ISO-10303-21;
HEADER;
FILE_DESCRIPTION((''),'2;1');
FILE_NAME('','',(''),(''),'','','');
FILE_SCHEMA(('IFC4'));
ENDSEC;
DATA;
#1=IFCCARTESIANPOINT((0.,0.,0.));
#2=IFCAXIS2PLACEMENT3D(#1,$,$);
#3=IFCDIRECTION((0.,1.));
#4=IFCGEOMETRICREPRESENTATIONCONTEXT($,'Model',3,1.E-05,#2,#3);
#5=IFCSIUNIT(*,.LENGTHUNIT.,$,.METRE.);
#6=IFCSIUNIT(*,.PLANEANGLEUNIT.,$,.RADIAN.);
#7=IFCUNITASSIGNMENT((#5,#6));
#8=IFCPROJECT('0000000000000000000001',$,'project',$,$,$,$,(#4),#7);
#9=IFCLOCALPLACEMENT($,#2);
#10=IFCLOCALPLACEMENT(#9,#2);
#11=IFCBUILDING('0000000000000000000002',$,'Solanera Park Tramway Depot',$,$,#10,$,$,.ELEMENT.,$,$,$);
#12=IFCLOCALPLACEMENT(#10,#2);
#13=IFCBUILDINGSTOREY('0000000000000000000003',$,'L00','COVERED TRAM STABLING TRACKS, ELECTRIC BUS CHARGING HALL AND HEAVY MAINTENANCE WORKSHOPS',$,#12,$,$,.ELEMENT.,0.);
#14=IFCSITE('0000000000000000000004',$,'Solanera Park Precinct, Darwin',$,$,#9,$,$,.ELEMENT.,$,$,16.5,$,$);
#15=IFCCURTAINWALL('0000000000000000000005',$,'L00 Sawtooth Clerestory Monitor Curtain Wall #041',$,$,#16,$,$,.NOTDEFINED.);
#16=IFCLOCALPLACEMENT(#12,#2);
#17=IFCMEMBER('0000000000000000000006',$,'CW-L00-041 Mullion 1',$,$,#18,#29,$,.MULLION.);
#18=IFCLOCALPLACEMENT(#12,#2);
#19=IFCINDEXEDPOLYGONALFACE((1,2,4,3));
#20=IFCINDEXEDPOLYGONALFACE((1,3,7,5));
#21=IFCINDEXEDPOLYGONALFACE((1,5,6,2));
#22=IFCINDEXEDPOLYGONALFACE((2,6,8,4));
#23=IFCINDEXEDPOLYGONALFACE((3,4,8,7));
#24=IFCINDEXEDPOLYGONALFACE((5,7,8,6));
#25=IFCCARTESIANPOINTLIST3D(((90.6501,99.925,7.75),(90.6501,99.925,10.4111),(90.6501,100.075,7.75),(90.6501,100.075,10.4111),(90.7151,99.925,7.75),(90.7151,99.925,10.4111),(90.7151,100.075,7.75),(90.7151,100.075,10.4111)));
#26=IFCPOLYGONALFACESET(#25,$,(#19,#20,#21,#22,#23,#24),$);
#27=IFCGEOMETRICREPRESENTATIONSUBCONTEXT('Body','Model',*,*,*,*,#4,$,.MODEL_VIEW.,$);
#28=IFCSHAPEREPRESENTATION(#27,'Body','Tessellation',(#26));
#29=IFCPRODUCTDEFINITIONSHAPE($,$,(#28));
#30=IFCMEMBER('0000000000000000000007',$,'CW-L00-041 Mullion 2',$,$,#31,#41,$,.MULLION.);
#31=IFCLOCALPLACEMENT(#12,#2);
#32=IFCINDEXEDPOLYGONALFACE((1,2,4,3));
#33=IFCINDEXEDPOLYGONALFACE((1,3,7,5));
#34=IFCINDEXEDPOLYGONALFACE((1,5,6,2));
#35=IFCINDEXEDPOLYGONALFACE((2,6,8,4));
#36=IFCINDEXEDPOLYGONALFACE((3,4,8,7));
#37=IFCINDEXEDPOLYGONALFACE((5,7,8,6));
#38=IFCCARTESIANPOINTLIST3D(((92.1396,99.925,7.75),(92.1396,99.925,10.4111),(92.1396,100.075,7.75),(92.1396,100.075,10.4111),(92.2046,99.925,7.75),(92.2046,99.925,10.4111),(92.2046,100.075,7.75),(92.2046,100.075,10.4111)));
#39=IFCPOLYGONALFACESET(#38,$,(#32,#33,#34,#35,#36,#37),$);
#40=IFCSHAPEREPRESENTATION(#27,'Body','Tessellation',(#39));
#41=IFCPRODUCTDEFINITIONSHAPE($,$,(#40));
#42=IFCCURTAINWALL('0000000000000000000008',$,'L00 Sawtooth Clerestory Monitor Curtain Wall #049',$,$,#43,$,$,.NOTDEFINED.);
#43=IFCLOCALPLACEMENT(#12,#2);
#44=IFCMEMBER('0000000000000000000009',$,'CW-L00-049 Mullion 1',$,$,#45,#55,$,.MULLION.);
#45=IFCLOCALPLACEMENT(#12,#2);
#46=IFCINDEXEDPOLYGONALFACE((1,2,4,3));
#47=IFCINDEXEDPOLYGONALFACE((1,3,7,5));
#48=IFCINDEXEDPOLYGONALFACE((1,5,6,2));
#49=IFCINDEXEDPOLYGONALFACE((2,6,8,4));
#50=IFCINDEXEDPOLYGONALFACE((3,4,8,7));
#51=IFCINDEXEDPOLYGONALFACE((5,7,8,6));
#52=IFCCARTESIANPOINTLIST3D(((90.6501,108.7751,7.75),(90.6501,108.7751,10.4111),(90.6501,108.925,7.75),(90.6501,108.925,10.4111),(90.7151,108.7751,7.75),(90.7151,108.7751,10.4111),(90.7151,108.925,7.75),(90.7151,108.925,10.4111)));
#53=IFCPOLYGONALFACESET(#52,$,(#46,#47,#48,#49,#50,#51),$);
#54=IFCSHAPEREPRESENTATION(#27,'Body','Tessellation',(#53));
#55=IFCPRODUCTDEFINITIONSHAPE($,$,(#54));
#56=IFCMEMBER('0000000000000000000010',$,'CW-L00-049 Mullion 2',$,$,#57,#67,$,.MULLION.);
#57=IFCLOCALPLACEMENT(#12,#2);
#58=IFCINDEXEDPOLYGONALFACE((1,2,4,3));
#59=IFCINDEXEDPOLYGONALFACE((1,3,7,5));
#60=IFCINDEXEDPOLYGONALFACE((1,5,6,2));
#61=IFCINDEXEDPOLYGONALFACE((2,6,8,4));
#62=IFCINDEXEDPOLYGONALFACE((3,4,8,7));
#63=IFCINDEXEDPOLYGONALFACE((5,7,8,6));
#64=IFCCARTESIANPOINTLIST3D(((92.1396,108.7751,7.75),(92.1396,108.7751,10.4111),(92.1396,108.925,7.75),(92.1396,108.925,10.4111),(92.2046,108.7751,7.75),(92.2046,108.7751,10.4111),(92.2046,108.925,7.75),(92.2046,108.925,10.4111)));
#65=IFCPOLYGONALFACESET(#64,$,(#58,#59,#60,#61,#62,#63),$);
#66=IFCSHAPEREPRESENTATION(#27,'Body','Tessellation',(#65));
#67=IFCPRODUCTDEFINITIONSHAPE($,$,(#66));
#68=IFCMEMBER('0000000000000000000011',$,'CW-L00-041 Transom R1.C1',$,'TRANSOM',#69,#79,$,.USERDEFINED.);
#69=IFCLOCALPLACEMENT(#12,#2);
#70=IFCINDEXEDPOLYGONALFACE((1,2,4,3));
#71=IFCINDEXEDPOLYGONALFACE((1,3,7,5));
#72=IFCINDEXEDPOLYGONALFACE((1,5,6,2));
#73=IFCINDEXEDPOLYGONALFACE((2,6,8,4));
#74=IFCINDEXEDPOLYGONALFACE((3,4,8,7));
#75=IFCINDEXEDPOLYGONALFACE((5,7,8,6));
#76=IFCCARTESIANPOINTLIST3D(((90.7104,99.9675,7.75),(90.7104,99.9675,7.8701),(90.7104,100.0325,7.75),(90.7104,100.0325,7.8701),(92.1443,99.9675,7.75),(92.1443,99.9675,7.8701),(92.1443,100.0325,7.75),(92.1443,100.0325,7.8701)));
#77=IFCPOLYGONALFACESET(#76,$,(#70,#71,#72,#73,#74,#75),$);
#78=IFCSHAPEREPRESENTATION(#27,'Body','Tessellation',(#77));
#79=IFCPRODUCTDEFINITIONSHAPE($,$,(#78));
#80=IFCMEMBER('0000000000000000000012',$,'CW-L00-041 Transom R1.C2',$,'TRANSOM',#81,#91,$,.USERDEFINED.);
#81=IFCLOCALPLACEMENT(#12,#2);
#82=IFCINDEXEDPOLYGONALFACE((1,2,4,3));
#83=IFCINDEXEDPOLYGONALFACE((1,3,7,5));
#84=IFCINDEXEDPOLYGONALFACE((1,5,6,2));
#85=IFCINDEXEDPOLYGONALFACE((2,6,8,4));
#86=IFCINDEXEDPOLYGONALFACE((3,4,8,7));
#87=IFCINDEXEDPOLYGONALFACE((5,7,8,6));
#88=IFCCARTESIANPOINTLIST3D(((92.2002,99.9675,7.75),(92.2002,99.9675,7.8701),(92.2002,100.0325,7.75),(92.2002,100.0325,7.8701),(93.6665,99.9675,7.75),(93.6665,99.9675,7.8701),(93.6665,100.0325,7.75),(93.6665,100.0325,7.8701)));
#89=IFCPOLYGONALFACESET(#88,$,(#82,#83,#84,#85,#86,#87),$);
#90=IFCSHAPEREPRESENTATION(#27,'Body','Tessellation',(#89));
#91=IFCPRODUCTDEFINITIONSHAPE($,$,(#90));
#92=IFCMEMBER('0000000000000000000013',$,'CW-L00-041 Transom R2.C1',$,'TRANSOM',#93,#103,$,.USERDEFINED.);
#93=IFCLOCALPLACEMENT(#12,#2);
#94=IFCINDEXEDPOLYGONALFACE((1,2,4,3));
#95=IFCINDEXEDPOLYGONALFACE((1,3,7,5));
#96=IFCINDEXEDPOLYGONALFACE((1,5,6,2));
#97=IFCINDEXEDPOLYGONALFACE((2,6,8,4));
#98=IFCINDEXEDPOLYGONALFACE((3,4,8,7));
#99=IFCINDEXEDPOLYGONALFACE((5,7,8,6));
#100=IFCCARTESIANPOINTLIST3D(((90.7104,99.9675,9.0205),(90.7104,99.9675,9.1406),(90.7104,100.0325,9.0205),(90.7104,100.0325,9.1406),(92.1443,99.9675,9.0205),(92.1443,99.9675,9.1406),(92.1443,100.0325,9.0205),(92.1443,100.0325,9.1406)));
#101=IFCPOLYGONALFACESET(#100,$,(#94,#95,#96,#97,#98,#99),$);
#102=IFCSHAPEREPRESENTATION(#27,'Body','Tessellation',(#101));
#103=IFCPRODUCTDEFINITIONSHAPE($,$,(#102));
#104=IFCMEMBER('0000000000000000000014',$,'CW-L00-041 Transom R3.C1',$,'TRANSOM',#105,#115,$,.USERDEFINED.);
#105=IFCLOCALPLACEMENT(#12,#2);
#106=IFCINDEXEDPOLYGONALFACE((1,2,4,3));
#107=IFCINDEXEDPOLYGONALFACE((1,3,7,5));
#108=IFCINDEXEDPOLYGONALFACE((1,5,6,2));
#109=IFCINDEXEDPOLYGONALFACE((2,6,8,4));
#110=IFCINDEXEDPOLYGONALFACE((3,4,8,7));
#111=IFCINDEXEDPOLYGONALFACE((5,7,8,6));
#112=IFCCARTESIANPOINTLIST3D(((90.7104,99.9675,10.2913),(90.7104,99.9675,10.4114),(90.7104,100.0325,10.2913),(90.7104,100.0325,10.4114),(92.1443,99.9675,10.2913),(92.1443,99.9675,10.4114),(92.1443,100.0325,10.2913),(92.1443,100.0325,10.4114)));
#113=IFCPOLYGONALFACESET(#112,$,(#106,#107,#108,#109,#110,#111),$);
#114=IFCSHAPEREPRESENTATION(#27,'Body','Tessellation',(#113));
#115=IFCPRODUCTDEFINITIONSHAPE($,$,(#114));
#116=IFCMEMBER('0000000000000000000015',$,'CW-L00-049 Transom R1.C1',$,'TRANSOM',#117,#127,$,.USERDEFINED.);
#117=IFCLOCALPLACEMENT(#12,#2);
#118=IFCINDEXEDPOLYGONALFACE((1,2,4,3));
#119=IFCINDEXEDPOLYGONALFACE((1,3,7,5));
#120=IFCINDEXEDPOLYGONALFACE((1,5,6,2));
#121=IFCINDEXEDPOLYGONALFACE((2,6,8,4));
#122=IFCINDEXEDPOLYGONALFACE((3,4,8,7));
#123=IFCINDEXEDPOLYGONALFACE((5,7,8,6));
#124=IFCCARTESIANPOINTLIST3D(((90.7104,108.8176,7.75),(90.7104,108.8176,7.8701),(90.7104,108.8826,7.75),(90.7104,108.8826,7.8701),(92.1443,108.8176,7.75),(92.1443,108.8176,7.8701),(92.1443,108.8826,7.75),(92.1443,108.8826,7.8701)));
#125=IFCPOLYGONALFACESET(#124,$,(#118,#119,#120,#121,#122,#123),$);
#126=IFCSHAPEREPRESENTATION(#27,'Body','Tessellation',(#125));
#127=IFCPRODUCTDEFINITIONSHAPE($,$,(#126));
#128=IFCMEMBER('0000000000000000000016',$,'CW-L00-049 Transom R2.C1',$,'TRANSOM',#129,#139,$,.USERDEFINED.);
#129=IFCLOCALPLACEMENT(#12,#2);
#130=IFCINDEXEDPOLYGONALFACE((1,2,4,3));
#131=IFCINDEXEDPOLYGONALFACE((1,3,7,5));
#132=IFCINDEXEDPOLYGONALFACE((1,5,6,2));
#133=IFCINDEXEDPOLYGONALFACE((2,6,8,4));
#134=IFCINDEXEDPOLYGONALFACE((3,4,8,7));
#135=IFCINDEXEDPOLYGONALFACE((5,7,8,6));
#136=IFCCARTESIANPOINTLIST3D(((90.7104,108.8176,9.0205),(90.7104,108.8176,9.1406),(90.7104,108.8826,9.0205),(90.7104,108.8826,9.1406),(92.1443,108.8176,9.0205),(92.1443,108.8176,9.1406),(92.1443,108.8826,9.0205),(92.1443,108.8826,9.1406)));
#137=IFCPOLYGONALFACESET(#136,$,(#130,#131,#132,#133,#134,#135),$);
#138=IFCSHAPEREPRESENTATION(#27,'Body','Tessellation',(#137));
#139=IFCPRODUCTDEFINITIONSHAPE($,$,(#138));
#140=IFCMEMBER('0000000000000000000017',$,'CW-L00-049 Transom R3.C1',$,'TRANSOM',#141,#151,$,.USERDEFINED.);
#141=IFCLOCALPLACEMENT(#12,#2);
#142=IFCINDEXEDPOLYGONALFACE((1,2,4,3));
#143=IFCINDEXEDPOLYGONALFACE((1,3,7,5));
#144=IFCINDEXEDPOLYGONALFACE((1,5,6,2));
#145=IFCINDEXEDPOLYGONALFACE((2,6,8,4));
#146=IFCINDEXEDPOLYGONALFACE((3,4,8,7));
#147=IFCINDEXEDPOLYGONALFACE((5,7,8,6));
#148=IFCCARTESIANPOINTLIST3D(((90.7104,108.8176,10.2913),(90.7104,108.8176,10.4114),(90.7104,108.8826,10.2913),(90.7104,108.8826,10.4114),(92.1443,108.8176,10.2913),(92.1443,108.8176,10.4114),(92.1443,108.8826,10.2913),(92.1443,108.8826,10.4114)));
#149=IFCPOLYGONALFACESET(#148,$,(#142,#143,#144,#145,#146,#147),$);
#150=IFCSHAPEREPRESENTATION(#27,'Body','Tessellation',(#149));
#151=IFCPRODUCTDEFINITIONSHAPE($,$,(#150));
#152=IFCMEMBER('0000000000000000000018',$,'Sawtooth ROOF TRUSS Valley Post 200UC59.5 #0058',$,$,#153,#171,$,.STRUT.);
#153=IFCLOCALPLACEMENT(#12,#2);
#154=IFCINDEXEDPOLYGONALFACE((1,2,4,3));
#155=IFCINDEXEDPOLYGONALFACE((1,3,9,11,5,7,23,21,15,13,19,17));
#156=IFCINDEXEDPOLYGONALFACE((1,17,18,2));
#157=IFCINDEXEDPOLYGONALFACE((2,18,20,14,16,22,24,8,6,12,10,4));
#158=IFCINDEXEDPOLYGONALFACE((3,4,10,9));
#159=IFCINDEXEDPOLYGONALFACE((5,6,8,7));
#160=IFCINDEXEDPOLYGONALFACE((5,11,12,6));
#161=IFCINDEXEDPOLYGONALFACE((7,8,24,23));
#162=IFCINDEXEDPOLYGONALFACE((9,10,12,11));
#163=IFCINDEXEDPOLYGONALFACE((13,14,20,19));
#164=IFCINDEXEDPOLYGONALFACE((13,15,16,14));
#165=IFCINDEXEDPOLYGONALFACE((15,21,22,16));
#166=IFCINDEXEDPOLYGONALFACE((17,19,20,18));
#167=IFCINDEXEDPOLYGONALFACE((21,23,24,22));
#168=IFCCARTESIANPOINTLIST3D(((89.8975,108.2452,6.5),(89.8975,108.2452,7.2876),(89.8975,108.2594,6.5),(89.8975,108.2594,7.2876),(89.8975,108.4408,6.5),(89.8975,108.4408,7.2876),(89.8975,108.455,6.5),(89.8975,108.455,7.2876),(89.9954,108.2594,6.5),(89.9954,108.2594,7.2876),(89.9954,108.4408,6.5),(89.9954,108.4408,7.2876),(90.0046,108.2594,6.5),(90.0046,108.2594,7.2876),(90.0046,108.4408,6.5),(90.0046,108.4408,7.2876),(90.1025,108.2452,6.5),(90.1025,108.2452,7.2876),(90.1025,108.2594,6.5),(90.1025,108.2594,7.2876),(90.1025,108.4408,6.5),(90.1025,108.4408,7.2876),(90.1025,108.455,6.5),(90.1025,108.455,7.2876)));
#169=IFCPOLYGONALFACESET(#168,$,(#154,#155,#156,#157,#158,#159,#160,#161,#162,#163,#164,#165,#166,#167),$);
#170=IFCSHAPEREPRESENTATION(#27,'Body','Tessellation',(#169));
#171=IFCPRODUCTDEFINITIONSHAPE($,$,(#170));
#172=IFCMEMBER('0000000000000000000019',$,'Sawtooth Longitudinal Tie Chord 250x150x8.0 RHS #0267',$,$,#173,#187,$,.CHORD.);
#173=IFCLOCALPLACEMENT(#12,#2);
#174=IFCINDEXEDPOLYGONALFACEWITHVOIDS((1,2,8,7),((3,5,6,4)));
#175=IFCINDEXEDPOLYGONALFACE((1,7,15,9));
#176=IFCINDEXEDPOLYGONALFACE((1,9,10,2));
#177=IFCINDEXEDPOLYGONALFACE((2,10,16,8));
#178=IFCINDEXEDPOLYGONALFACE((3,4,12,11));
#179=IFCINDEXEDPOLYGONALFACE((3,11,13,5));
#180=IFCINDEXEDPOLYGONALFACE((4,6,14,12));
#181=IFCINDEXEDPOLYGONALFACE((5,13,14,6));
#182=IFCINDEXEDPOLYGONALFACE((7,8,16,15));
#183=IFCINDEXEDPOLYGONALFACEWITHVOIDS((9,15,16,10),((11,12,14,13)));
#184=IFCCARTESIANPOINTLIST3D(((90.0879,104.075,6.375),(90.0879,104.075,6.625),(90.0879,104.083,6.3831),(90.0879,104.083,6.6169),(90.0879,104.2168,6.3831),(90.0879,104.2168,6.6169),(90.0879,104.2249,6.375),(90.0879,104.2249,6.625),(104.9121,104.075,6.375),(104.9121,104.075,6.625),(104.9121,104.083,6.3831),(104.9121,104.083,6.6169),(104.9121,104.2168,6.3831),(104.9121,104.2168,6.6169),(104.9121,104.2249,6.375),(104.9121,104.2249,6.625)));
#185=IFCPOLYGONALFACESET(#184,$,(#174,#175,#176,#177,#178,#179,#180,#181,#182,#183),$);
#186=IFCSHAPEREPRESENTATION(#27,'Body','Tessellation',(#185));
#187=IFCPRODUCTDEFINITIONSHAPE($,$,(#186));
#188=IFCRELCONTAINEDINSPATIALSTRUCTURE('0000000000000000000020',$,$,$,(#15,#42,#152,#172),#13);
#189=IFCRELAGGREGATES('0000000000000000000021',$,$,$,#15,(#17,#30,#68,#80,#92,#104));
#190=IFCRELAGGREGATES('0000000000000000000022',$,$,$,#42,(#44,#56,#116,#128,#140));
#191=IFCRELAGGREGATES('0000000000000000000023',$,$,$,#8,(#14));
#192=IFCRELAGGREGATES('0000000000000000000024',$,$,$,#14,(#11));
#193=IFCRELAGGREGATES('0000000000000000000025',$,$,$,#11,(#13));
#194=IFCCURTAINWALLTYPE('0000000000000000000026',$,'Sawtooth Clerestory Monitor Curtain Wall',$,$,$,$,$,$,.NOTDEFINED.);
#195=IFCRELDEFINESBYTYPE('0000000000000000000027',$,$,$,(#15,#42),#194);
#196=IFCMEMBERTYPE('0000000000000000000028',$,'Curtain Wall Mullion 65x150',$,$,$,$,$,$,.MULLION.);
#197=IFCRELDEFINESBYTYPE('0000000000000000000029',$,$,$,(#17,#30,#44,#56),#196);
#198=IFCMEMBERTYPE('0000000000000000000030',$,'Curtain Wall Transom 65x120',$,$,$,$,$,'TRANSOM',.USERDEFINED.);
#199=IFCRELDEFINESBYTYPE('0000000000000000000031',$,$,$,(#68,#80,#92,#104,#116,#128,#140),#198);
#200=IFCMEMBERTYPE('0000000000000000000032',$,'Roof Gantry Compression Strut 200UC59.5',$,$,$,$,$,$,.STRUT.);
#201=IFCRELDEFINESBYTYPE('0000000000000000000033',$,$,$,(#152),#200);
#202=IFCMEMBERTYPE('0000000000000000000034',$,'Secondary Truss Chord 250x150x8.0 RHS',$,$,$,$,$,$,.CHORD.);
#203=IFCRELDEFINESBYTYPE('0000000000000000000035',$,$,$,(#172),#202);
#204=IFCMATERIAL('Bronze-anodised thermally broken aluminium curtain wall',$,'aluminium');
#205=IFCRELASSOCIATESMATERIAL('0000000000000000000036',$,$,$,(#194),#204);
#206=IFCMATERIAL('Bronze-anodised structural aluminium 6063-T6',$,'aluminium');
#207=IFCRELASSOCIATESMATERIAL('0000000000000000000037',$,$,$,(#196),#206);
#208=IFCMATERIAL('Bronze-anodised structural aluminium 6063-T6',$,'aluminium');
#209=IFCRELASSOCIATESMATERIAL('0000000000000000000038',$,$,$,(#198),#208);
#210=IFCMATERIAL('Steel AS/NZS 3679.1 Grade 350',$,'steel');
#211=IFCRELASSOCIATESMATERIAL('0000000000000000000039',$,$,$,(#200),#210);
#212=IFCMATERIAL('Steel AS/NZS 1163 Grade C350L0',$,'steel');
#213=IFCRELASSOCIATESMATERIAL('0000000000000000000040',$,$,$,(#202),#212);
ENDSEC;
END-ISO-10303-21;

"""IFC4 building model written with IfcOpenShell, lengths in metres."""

from ifc_helpers import new_model, si_unit, direction, frame, origin, origin_2d, place, context, subcontext, project, spatial, rectangle, hollow_rectangle, i_section, extrude, material, material_profile, profile_set, type_object, element, aggregate, save


model = new_model("IFC4")

# Units and contexts
model_context = context("Model", 3, precision=1e-05, world=origin(), true_north=direction((0.0, 1.0)))
body_context = subcontext(model_context, "Body", "Model", "MODEL_VIEW")
ifc_project = project(units=[si_unit("LENGTHUNIT", "METRE"), si_unit("PLANEANGLEUNIT", "RADIAN")], contexts=[model_context])

# Site, building, storey
site_placement = place(None, origin())
site = spatial("IfcSite", under=ifc_project, at=site_placement, Name="Solanera Park Precinct, Darwin", CompositionType="ELEMENT", RefElevation=16.5)
building_placement = place(site_placement, origin())
building = spatial("IfcBuilding", under=site, at=building_placement, Name="Solanera Park Tramway Depot", CompositionType="ELEMENT")
storey_placement = place(building_placement, origin())
storey = spatial("IfcBuildingStorey", under=building, at=storey_placement, Name="L00", Description="COVERED TRAM STABLING TRACKS, ELECTRIC BUS CHARGING HALL AND HEAVY MAINTENANCE WORKSHOPS", CompositionType="ELEMENT", Elevation=0.0)

# Curtain walls, members
ifc_material_1 = material(Name="Bronze-anodised thermally broken aluminium curtain wall", Category="aluminium")
curtain_wall_type = type_object("IfcCurtainWallType", Name="Sawtooth Clerestory Monitor Curtain Wall", PredefinedType="NOTDEFINED", material=ifc_material_1)
curtain_wall_1_placement = place(storey_placement, origin())
curtain_wall_1 = element("IfcCurtainWall", 1, at=curtain_wall_1_placement, inside=storey, type_object=curtain_wall_type, Name="L00 Sawtooth Clerestory Monitor Curtain Wall #041", PredefinedType="NOTDEFINED")
ifc_material_2 = material(Name="Bronze-anodised structural aluminium 6063-T6", Category="aluminium")
ifc_material_profile_1 = material_profile(ifc_material_2, rectangle(XDim=0.0649, YDim=0.1499, at=origin_2d()), Name="Curtain Wall Mullion 65x150")
ifc_profile_set_1 = profile_set([ifc_material_profile_1], Name="Bronze-anodised structural aluminium 6063-T6")
member_type_1 = type_object("IfcMemberType", Name="Curtain Wall Mullion 65x150", PredefinedType="MULLION", material=ifc_profile_set_1)
member_1_placement = place(storey_placement, frame((90.6826, 100.0, 7.75), z_axis=(0.0, 0.0, 1.0), x_axis=(1.0, 0.0, 0.0)))
member_1 = element("IfcMember", 2, at=member_1_placement, type_object=member_type_1, Name="CW-L00-041 Mullion 1", PredefinedType="MULLION", context=body_context, shape_type="SweptSolid", body=[
    extrude(rectangle(XDim=0.0649, YDim=0.1499, at=origin_2d()), origin(), (0.0, 0.0, 1.0), 2.6611),
])
member_2_placement = place(storey_placement, frame((92.1721, 100.0, 7.75), z_axis=(0.0, 0.0, 1.0), x_axis=(1.0, 0.0, 0.0)))
member_2 = element("IfcMember", 3, at=member_2_placement, type_object=member_type_1, Name="CW-L00-041 Mullion 2", PredefinedType="MULLION", context=body_context, shape_type="SweptSolid", body=[
    extrude(rectangle(XDim=0.0649, YDim=0.1499, at=origin_2d()), origin(), (0.0, 0.0, 1.0), 2.6611),
])
curtain_wall_2_placement = place(storey_placement, origin())
curtain_wall_2 = element("IfcCurtainWall", 4, at=curtain_wall_2_placement, inside=storey, type_object=curtain_wall_type, Name="L00 Sawtooth Clerestory Monitor Curtain Wall #049", PredefinedType="NOTDEFINED")
member_3_placement = place(storey_placement, frame((90.6826, 108.8501, 7.75), z_axis=(0.0, 0.0, 1.0), x_axis=(1.0, 0.0, 0.0)))
member_3 = element("IfcMember", 5, at=member_3_placement, type_object=member_type_1, Name="CW-L00-049 Mullion 1", PredefinedType="MULLION", context=body_context, shape_type="SweptSolid", body=[
    extrude(rectangle(XDim=0.0649, YDim=0.1499, at=origin_2d()), origin(), (0.0, 0.0, 1.0), 2.6611),
])
member_4_placement = place(storey_placement, frame((92.1721, 108.8501, 7.75), z_axis=(0.0, 0.0, 1.0), x_axis=(1.0, 0.0, 0.0)))
member_4 = element("IfcMember", 6, at=member_4_placement, type_object=member_type_1, Name="CW-L00-049 Mullion 2", PredefinedType="MULLION", context=body_context, shape_type="SweptSolid", body=[
    extrude(rectangle(XDim=0.0649, YDim=0.1499, at=origin_2d()), origin(), (0.0, 0.0, 1.0), 2.6611),
])

# Members
ifc_material_3 = material(Name="Bronze-anodised structural aluminium 6063-T6", Category="aluminium")
ifc_material_profile_2 = material_profile(ifc_material_3, rectangle(XDim=0.0649, YDim=0.1201, at=origin_2d()), Name="Curtain Wall Transom 65x120")
ifc_profile_set_2 = profile_set([ifc_material_profile_2], Name="Bronze-anodised structural aluminium 6063-T6")
member_type_2 = type_object("IfcMemberType", Name="Curtain Wall Transom 65x120", ElementType="TRANSOM", PredefinedType="USERDEFINED", material=ifc_profile_set_2)
member_5_placement = place(storey_placement, frame((90.7104, 100.0, 7.8101), z_axis=(1.0, 0.0, 0.0), x_axis=(0.0, 1.0, 0.0)))
member_5 = element("IfcMember", 7, at=member_5_placement, type_object=member_type_2, Name="CW-L00-041 Transom R1.C1", ObjectType="TRANSOM", PredefinedType="USERDEFINED", context=body_context, shape_type="SweptSolid", body=[
    extrude(rectangle(XDim=0.0649, YDim=0.1201, at=origin_2d()), origin(), (0.0, 0.0, 1.0), 1.4338),
])
member_6_placement = place(storey_placement, frame((92.2002, 100.0, 7.8101), z_axis=(1.0, 0.0, 0.0), x_axis=(0.0, 1.0, 0.0)))
member_6 = element("IfcMember", 8, at=member_6_placement, type_object=member_type_2, Name="CW-L00-041 Transom R1.C2", ObjectType="TRANSOM", PredefinedType="USERDEFINED", context=body_context, shape_type="SweptSolid", body=[
    extrude(rectangle(XDim=0.0649, YDim=0.1201, at=origin_2d()), origin(), (0.0, 0.0, 1.0), 1.4663),
])
member_7_placement = place(storey_placement, frame((90.7104, 100.0, 9.0806), z_axis=(1.0, 0.0, 0.0), x_axis=(0.0, 1.0, 0.0)))
member_7 = element("IfcMember", 9, at=member_7_placement, type_object=member_type_2, Name="CW-L00-041 Transom R2.C1", ObjectType="TRANSOM", PredefinedType="USERDEFINED", context=body_context, shape_type="SweptSolid", body=[
    extrude(rectangle(XDim=0.0649, YDim=0.1201, at=origin_2d()), origin(), (0.0, 0.0, 1.0), 1.4338),
])
member_8_placement = place(storey_placement, frame((90.7104, 100.0, 10.3513), z_axis=(1.0, 0.0, 0.0), x_axis=(0.0, 1.0, 0.0)))
member_8 = element("IfcMember", 10, at=member_8_placement, type_object=member_type_2, Name="CW-L00-041 Transom R3.C1", ObjectType="TRANSOM", PredefinedType="USERDEFINED", context=body_context, shape_type="SweptSolid", body=[
    extrude(rectangle(XDim=0.0649, YDim=0.1201, at=origin_2d()), origin(), (0.0, 0.0, 1.0), 1.4338),
])
member_9_placement = place(storey_placement, frame((90.7104, 108.8501, 7.8101), z_axis=(1.0, 0.0, 0.0), x_axis=(0.0, 1.0, 0.0)))
member_9 = element("IfcMember", 11, at=member_9_placement, type_object=member_type_2, Name="CW-L00-049 Transom R1.C1", ObjectType="TRANSOM", PredefinedType="USERDEFINED", context=body_context, shape_type="SweptSolid", body=[
    extrude(rectangle(XDim=0.0649, YDim=0.1201, at=origin_2d()), origin(), (0.0, 0.0, 1.0), 1.4338),
])
member_10_placement = place(storey_placement, frame((90.7104, 108.8501, 9.0806), z_axis=(1.0, 0.0, 0.0), x_axis=(0.0, 1.0, 0.0)))
member_10 = element("IfcMember", 12, at=member_10_placement, type_object=member_type_2, Name="CW-L00-049 Transom R2.C1", ObjectType="TRANSOM", PredefinedType="USERDEFINED", context=body_context, shape_type="SweptSolid", body=[
    extrude(rectangle(XDim=0.0649, YDim=0.1201, at=origin_2d()), origin(), (0.0, 0.0, 1.0), 1.4338),
])
member_11_placement = place(storey_placement, frame((90.7104, 108.8501, 10.3513), z_axis=(1.0, 0.0, 0.0), x_axis=(0.0, 1.0, 0.0)))
member_11 = element("IfcMember", 13, at=member_11_placement, type_object=member_type_2, Name="CW-L00-049 Transom R3.C1", ObjectType="TRANSOM", PredefinedType="USERDEFINED", context=body_context, shape_type="SweptSolid", body=[
    extrude(rectangle(XDim=0.0649, YDim=0.1201, at=origin_2d()), origin(), (0.0, 0.0, 1.0), 1.4338),
])

# Members
ifc_material_4 = material(Name="Steel AS/NZS 3679.1 Grade 350", Category="steel")
ifc_material_profile_3 = material_profile(ifc_material_4, i_section(OverallWidth=0.2051, OverallDepth=0.2097, WebThickness=0.0093, FlangeThickness=0.0142, at=origin_2d()), Name="200UC59.5")
ifc_profile_set_3 = profile_set([ifc_material_profile_3], Name="Steel AS/NZS 3679.1 Grade 350")
member_type_3 = type_object("IfcMemberType", Name="Roof Gantry Compression Strut 200UC59.5", PredefinedType="STRUT", material=ifc_profile_set_3)
member_12_placement = place(storey_placement, frame((90.0, 108.3501, 6.5), z_axis=(0.0, 0.0, 1.0), x_axis=(1.0, 0.0, 0.0)))
element("IfcMember", 14, at=member_12_placement, inside=storey, type_object=member_type_3, Name="Sawtooth ROOF TRUSS Valley Post 200UC59.5 #0058", PredefinedType="STRUT", context=body_context, shape_type="SweptSolid", body=[
    extrude(i_section(OverallWidth=0.2051, OverallDepth=0.2097, WebThickness=0.0093, FlangeThickness=0.0142, at=origin_2d()), origin(), (0.0, 0.0, 1.0), 0.7876),
])
ifc_material_5 = material(Name="Steel AS/NZS 1163 Grade C350L0", Category="steel")
ifc_material_profile_4 = material_profile(ifc_material_5, hollow_rectangle(XDim=0.1499, YDim=0.25, WallThickness=0.0081, at=origin_2d()), Name="250x150x8.0 RHS")
ifc_profile_set_4 = profile_set([ifc_material_profile_4], Name="Steel AS/NZS 1163 Grade C350L0")
member_type_4 = type_object("IfcMemberType", Name="Secondary Truss Chord 250x150x8.0 RHS", PredefinedType="CHORD", material=ifc_profile_set_4)
member_13_placement = place(storey_placement, frame((90.0879, 104.1499, 6.5), z_axis=(1.0, 0.0, 0.0), x_axis=(0.0, 1.0, 0.0)))
element("IfcMember", 15, at=member_13_placement, inside=storey, type_object=member_type_4, Name="Sawtooth Longitudinal Tie Chord 250x150x8.0 RHS #0267", PredefinedType="CHORD", context=body_context, shape_type="SweptSolid", body=[
    extrude(hollow_rectangle(XDim=0.1499, YDim=0.25, WallThickness=0.0081, at=origin_2d()), origin(), (0.0, 0.0, 1.0), 14.8242),
])

aggregate(curtain_wall_1, [member_1, member_2, member_5, member_6, member_7, member_8])
aggregate(curtain_wall_2, [member_3, member_4, member_9, member_10, member_11])

save(model, "model.ifc")
